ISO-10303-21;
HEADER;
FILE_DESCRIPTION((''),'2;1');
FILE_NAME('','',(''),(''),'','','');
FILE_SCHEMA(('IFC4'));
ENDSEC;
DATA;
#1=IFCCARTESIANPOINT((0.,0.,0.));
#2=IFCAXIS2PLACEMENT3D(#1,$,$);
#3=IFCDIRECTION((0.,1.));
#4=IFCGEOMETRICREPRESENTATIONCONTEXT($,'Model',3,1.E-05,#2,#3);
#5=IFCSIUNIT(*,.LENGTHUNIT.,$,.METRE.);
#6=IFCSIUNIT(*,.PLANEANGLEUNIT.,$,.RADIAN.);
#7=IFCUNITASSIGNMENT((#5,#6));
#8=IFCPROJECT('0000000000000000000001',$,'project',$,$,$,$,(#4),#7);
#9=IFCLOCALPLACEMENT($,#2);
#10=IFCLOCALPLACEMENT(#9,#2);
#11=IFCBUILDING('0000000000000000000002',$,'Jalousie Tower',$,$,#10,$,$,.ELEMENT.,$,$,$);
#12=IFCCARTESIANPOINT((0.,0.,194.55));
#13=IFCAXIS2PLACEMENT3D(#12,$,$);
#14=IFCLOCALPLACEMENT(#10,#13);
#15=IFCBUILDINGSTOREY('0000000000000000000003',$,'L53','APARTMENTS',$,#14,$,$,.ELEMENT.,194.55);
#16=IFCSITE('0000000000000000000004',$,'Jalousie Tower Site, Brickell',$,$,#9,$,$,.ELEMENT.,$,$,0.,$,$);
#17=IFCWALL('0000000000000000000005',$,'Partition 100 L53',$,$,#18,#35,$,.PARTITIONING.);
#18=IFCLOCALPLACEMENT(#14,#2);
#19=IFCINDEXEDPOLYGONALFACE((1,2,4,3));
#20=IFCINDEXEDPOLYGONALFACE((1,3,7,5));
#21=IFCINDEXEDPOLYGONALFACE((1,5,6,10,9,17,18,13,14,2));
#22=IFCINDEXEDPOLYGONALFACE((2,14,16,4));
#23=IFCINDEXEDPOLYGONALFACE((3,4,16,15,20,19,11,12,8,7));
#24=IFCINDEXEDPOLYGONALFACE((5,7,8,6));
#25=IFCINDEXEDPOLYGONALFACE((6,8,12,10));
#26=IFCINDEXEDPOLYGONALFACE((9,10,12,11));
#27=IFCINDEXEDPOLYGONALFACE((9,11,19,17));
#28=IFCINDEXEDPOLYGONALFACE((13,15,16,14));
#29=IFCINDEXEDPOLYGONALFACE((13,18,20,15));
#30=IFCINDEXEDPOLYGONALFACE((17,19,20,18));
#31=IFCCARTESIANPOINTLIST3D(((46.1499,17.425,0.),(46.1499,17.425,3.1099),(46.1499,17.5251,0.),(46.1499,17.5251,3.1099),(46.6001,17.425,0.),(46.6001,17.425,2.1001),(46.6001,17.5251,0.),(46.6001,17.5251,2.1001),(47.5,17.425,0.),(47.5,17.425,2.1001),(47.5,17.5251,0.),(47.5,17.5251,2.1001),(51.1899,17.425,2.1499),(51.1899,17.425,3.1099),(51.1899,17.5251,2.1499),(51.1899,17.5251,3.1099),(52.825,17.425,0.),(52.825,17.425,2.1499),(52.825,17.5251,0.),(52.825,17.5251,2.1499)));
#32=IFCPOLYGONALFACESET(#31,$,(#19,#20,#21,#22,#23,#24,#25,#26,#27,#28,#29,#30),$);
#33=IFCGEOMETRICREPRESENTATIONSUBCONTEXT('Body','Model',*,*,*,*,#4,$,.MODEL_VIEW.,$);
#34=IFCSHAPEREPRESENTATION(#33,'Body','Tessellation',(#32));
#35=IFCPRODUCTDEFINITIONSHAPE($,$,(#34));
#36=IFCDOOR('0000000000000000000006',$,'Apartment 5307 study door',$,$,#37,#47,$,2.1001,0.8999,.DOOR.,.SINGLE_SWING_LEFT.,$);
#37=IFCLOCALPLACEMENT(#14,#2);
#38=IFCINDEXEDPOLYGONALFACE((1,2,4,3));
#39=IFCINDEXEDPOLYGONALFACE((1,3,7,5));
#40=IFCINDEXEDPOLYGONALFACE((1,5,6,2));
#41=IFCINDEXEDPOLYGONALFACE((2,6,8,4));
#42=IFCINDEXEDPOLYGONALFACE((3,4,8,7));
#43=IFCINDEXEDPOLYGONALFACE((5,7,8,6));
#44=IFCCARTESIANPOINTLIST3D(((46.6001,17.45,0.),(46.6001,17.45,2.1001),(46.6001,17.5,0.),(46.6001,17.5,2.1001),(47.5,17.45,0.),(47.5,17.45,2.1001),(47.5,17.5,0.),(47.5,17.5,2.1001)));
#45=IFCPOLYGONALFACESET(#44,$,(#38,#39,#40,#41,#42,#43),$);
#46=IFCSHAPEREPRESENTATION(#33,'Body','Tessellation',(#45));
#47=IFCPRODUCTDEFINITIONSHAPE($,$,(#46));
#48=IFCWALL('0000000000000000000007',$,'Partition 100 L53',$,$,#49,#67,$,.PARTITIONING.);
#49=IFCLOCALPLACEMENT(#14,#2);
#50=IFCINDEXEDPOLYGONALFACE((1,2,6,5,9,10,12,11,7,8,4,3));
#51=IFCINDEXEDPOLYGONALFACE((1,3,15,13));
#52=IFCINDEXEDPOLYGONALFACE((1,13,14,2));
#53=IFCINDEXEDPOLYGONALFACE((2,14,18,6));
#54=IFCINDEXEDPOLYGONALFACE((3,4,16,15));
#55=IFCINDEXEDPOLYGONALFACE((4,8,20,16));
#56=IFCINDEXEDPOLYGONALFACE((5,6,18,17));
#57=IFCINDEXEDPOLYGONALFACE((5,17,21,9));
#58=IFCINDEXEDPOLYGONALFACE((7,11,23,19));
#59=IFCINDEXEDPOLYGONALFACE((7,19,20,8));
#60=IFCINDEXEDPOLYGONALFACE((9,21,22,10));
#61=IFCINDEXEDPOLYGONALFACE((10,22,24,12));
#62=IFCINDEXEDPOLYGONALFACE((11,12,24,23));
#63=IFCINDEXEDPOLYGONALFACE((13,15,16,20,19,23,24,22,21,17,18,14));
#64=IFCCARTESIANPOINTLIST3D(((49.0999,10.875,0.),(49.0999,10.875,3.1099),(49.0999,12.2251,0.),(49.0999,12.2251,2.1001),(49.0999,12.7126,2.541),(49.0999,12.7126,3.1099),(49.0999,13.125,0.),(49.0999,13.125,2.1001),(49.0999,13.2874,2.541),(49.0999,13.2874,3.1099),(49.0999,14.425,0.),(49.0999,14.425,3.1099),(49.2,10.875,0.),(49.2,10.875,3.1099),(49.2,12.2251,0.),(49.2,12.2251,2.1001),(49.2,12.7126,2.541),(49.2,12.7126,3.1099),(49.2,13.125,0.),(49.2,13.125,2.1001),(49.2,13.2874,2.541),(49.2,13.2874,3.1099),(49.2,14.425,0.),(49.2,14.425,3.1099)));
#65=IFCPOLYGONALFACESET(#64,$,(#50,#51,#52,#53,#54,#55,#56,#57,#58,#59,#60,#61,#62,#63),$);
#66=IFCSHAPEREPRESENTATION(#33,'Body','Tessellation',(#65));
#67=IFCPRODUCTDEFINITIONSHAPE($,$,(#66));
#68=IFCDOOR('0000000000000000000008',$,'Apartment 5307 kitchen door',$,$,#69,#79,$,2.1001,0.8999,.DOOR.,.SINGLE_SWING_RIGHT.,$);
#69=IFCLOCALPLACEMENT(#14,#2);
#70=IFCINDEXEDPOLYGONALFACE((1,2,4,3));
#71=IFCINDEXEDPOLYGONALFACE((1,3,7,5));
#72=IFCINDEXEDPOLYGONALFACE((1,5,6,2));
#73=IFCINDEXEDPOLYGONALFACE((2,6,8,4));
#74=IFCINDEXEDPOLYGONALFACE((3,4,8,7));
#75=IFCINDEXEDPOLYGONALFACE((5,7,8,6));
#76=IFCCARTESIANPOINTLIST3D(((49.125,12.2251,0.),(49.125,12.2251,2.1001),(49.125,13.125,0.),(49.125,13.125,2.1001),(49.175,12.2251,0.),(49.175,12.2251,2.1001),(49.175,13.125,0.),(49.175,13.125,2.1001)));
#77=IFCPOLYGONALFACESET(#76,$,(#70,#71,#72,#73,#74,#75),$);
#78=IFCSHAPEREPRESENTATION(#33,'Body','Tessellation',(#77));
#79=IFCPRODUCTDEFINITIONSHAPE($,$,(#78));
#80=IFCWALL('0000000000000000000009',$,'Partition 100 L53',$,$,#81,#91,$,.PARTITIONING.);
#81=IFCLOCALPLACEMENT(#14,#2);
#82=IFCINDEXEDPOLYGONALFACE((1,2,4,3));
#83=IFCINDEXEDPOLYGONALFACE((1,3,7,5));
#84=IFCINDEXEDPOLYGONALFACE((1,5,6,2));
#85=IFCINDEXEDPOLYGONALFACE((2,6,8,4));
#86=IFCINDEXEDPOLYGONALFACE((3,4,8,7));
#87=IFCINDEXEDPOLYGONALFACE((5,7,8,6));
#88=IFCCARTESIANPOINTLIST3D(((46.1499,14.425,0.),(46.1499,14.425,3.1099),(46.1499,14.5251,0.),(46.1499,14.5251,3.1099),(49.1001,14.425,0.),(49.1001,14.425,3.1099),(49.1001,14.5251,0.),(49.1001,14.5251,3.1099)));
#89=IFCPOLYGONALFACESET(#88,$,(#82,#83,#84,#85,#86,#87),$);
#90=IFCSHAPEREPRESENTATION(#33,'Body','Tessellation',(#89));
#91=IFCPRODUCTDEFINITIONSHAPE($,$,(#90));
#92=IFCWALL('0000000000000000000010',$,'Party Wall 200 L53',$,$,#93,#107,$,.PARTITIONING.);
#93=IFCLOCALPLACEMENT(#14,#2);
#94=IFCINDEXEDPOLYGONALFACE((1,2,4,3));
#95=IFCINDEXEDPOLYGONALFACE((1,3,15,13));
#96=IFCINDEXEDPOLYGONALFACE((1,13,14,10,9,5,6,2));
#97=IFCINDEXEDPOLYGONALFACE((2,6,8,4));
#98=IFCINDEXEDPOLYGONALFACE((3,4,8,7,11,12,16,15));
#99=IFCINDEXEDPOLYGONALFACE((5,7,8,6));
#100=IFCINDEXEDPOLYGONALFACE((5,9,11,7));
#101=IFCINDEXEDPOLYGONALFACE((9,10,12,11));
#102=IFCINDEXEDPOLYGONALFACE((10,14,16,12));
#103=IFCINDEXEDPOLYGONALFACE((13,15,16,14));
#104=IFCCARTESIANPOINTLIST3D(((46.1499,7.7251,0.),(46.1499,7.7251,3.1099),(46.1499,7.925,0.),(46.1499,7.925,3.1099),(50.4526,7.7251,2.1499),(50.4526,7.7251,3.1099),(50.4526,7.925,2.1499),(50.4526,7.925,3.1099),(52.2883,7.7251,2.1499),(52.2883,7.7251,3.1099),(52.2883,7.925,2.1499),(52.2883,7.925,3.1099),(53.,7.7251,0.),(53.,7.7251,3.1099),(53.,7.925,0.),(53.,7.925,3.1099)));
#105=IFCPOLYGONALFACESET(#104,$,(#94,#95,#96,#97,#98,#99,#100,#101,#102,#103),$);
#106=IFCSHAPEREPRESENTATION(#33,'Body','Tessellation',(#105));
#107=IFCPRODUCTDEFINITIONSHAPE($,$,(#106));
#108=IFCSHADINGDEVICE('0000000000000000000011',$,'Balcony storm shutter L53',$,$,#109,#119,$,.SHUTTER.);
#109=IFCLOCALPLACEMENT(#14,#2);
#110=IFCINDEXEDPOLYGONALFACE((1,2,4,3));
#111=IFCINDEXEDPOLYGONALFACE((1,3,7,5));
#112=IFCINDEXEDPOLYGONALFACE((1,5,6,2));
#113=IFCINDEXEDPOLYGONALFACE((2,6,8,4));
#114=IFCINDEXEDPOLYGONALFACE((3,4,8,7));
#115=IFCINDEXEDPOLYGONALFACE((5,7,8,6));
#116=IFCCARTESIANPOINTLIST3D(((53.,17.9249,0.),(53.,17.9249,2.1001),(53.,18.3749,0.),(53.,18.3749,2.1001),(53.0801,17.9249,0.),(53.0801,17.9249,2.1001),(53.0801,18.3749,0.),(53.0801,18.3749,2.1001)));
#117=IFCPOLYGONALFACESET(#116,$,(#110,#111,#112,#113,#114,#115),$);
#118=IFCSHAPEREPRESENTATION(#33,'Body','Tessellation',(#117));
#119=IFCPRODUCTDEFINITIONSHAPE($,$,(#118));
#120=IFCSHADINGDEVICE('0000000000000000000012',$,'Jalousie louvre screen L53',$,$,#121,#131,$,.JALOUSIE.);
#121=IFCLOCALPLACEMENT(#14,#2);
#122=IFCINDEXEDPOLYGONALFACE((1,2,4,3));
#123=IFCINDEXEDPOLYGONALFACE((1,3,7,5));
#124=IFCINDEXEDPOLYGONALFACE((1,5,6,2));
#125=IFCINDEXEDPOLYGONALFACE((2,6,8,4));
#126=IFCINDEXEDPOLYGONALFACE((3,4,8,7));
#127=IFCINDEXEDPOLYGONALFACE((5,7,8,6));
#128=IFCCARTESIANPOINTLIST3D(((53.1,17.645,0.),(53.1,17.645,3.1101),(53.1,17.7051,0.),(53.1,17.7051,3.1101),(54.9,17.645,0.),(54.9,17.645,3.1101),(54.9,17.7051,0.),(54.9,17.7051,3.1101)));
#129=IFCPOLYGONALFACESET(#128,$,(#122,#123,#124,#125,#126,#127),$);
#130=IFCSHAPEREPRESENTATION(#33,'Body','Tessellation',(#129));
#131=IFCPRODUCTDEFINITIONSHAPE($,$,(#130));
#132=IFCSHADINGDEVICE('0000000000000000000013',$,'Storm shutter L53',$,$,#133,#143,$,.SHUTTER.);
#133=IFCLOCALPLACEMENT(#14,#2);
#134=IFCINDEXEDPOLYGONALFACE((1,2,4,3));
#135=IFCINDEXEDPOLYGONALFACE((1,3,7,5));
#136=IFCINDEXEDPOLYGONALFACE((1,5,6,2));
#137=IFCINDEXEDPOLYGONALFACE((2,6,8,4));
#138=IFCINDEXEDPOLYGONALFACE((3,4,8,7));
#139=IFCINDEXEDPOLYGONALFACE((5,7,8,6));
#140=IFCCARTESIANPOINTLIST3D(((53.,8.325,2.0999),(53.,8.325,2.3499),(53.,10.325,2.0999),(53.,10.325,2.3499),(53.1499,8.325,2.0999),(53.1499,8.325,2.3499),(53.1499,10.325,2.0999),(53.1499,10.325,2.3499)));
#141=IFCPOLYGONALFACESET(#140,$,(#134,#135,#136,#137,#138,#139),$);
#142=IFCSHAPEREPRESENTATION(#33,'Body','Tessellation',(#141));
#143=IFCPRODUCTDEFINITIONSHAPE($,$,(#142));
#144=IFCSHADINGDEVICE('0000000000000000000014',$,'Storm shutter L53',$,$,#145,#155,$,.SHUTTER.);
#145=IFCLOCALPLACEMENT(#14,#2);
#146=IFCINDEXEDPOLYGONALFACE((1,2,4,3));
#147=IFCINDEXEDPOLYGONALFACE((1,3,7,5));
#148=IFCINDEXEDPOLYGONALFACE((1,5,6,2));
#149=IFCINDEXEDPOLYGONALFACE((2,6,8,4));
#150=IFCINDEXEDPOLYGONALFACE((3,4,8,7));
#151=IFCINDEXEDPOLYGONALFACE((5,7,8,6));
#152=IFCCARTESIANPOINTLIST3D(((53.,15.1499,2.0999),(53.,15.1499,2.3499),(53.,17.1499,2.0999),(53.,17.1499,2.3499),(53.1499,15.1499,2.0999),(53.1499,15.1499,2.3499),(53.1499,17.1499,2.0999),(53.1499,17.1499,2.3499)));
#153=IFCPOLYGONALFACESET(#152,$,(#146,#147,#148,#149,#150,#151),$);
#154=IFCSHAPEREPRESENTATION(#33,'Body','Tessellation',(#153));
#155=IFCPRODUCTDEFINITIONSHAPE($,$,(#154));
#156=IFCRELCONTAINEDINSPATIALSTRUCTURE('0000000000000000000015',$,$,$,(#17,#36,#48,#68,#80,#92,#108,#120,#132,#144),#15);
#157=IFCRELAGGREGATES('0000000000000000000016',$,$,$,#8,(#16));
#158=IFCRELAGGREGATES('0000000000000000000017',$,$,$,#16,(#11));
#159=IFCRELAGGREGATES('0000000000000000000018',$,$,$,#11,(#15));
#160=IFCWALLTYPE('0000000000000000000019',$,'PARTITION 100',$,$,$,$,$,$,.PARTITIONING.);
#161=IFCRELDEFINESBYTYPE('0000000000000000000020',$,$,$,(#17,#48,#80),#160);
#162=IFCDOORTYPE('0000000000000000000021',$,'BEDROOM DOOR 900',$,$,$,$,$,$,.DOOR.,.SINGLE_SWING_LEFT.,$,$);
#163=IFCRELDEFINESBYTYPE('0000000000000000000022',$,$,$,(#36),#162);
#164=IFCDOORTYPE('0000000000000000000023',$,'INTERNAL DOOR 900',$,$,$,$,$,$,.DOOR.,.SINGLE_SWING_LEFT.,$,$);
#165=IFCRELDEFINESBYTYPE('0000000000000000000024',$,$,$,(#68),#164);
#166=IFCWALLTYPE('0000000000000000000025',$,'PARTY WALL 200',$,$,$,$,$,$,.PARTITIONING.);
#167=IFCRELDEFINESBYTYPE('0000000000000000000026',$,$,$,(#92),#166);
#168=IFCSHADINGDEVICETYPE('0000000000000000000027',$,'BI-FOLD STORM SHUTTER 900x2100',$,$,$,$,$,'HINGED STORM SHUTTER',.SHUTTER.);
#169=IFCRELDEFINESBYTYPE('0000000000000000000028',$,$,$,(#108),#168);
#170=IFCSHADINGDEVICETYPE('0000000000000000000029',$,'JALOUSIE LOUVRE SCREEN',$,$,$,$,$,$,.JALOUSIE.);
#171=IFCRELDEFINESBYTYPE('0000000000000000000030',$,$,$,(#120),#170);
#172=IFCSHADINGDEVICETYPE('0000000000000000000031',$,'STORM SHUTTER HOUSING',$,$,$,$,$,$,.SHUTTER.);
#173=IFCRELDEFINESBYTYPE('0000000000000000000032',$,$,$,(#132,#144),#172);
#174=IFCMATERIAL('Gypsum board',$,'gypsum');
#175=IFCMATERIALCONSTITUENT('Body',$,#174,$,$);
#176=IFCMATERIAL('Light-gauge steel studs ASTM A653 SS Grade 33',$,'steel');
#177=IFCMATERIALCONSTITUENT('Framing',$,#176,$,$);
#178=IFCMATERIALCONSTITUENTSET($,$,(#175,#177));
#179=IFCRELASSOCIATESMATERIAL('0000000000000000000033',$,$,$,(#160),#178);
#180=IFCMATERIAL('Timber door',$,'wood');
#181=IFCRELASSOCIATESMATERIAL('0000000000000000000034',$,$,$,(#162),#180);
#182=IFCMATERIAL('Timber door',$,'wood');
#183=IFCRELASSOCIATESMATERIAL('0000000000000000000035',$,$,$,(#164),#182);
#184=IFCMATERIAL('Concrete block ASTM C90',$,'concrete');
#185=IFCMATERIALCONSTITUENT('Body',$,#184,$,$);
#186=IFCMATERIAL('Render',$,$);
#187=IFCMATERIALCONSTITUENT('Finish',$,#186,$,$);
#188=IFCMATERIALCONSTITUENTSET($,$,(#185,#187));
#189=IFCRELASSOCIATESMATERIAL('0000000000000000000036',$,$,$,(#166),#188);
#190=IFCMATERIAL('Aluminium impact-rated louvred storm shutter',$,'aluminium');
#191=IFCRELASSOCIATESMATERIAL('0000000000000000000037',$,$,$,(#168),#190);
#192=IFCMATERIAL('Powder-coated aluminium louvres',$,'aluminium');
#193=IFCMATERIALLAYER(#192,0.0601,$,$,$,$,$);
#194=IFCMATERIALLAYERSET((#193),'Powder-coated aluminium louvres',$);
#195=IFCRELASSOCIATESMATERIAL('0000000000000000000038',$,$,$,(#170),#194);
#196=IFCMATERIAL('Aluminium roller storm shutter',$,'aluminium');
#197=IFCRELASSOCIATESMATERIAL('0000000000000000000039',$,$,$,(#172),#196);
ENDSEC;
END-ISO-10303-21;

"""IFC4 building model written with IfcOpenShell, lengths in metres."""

from ifc_helpers import new_model, si_unit, direction, frame, frame_2d, origin, origin_2d, place, context, subcontext, project, spatial, polyline, rectangle, outline, extrude, material, layer, layer_set, constituent, constituent_set, type_object, element, fill, save


model = new_model("IFC4")

# Units and contexts
model_context = context("Model", 3, precision=1e-05, world=origin(), true_north=direction((0.0, 1.0)))
body_context = subcontext(model_context, "Body", "Model", "MODEL_VIEW")
ifc_project = project(units=[si_unit("LENGTHUNIT", "METRE"), si_unit("PLANEANGLEUNIT", "RADIAN")], contexts=[model_context])

# Site, building, storey
site_placement = place(None, origin())
site = spatial("IfcSite", under=ifc_project, at=site_placement, Name="Jalousie Tower Site, Brickell", CompositionType="ELEMENT", RefElevation=0.0)
building_placement = place(site_placement, origin())
building = spatial("IfcBuilding", under=site, at=building_placement, Name="Jalousie Tower", CompositionType="ELEMENT")
storey_placement = place(building_placement, frame((0.0, 0.0, 194.55)))
storey = spatial("IfcBuildingStorey", under=building, at=storey_placement, Name="L53", Description="APARTMENTS", CompositionType="ELEMENT", Elevation=194.55)

# Walls, openings, doors
ifc_material_1 = material(Name="Gypsum board", Category="gypsum")
ifc_constituent_1 = constituent(ifc_material_1, Name="Body")
ifc_material_2 = material(Name="Light-gauge steel studs ASTM A653 SS Grade 33", Category="steel")
ifc_constituent_2 = constituent(ifc_material_2, Name="Framing")
ifc_constituent_set_1 = constituent_set(constituents=[ifc_constituent_1, ifc_constituent_2])
wall_type_1 = type_object("IfcWallType", Name="PARTITION 100", PredefinedType="PARTITIONING", material=ifc_constituent_set_1)
ifc_material_3 = material(Name="Timber door", Category="wood")
door_type_1 = type_object("IfcDoorType", Name="BEDROOM DOOR 900", OperationType="SINGLE_SWING_LEFT", PredefinedType="DOOR", material=ifc_material_3)
wall_1_placement = place(storey_placement, frame((52.825, 17.4751, 0.0), z_axis=(0.0, 0.0, 1.0), x_axis=(-1.0, 0.0, 0.0)))
wall_1 = element("IfcWall", 1, at=wall_1_placement, inside=storey, type_object=wall_type_1, Name="Partition 100 L53", PredefinedType="PARTITIONING", context=body_context, shape_type="SweptSolid", body=[
    extrude(outline(polyline([(0.0, 0.0), (6.675, 0.0), (6.675, 3.1099), (1.635, 3.1099), (1.635, 2.1499), (0.0, 2.1499), (0.0, 3.1099), (0.0, 0.0)])), frame((0.0, 0.05, 0.0), z_axis=(0.0, -1.0, 0.0), x_axis=(1.0, 0.0, 0.0)), (0.0, 0.0, 1.0), 0.1001),
])
opening_1_placement = place(wall_1_placement, frame((5.325, 0.0, 0.0)))
opening_1 = element("IfcOpeningElement", 2, at=opening_1_placement, cuts=wall_1, PredefinedType="OPENING", context=body_context, shape_type="SweptSolid", body=[
    extrude(rectangle(XDim=0.8999, YDim=2.1001, at=frame_2d((0.45, 1.05))), frame((0.0, 0.0601, 0.0), z_axis=(0.0, -1.0, 0.0), x_axis=(1.0, 0.0, 0.0)), (0.0, 0.0, 1.0), 0.1201),
])
door_1_placement = place(opening_1_placement, frame((0.8999, 0.0, 0.0), z_axis=(0.0, 0.0, 1.0), x_axis=(-1.0, 0.0, 0.0)))
door_1 = element("IfcDoor", 3, at=door_1_placement, inside=storey, type_object=door_type_1, Name="Apartment 5307 study door", OperationType="SINGLE_SWING_LEFT", OverallHeight=2.1001, OverallWidth=0.8999, PredefinedType="DOOR", context=body_context, shape_type="SweptSolid", body=[
    extrude(rectangle(XDim=0.8999, YDim=2.1001, at=frame_2d((0.45, 1.05))), frame((0.0, 0.0249, 0.0), z_axis=(0.0, -1.0, 0.0), x_axis=(1.0, 0.0, 0.0)), (0.0, 0.0, 1.0), 0.05),
])
fill(opening_1, door_1)
wall_2_placement = place(storey_placement, frame((49.1499, 10.875, 0.0), z_axis=(0.0, 0.0, 1.0), x_axis=(0.0, 1.0, 0.0)))
wall_2 = element("IfcWall", 4, at=wall_2_placement, inside=storey, type_object=wall_type_1, Name="Partition 100 L53", PredefinedType="PARTITIONING", context=body_context, shape_type="SweptSolid", body=[
    extrude(outline(polyline([(0.0, 0.0), (3.55, 0.0), (3.55, 3.1099), (2.4124, 3.1099), (2.4124, 2.541), (1.8376, 2.541), (1.8376, 3.1099), (0.0, 3.1099), (0.0, 0.0)])), frame((0.0, 0.05, 0.0), z_axis=(0.0, -1.0, 0.0), x_axis=(1.0, 0.0, 0.0)), (0.0, 0.0, 1.0), 0.1001),
])
opening_2_placement = place(wall_2_placement, frame((1.3501, 0.0, 0.0)))
opening_2 = element("IfcOpeningElement", 5, at=opening_2_placement, cuts=wall_2, PredefinedType="OPENING", context=body_context, shape_type="SweptSolid", body=[
    extrude(rectangle(XDim=0.8999, YDim=2.1001, at=frame_2d((0.45, 1.05))), frame((0.0, 0.0601, 0.0), z_axis=(0.0, -1.0, 0.0), x_axis=(1.0, 0.0, 0.0)), (0.0, 0.0, 1.0), 0.1201),
])
ifc_material_4 = material(Name="Timber door", Category="wood")
door_type_2 = type_object("IfcDoorType", Name="INTERNAL DOOR 900", OperationType="SINGLE_SWING_LEFT", PredefinedType="DOOR", material=ifc_material_4)
door_2_placement = place(opening_2_placement, origin())
door_2 = element("IfcDoor", 6, at=door_2_placement, inside=storey, type_object=door_type_2, Name="Apartment 5307 kitchen door", OperationType="SINGLE_SWING_RIGHT", OverallHeight=2.1001, OverallWidth=0.8999, PredefinedType="DOOR", context=body_context, shape_type="SweptSolid", body=[
    extrude(rectangle(XDim=0.8999, YDim=2.1001, at=frame_2d((0.45, 1.05))), frame((0.0, 0.0249, 0.0), z_axis=(0.0, -1.0, 0.0), x_axis=(1.0, 0.0, 0.0)), (0.0, 0.0, 1.0), 0.05),
])
fill(opening_2, door_2)

# Walls
wall_3_placement = place(storey_placement, frame((49.1001, 14.4751, 0.0), z_axis=(0.0, 0.0, 1.0), x_axis=(-1.0, 0.0, 0.0)))
element("IfcWall", 7, at=wall_3_placement, inside=storey, type_object=wall_type_1, Name="Partition 100 L53", PredefinedType="PARTITIONING", context=body_context, shape_type="SweptSolid", body=[
    extrude(rectangle(XDim=2.9502, YDim=0.1001, at=frame_2d((1.4751, 0.0))), origin(), (0.0, 0.0, 1.0), 3.1099),
])
ifc_material_5 = material(Name="Concrete block ASTM C90", Category="concrete")
ifc_constituent_3 = constituent(ifc_material_5, Name="Body")
ifc_material_6 = material(Name="Render")
ifc_constituent_4 = constituent(ifc_material_6, Name="Finish")
ifc_constituent_set_2 = constituent_set(constituents=[ifc_constituent_3, ifc_constituent_4])
wall_type_2 = type_object("IfcWallType", Name="PARTY WALL 200", PredefinedType="PARTITIONING", material=ifc_constituent_set_2)
wall_4_placement = place(storey_placement, frame((46.1499, 7.825, 0.0), z_axis=(0.0, 0.0, 1.0), x_axis=(1.0, 0.0, 0.0)))
element("IfcWall", 8, at=wall_4_placement, inside=storey, type_object=wall_type_2, Name="Party Wall 200 L53", PredefinedType="PARTITIONING", context=body_context, shape_type="SweptSolid", body=[
    extrude(outline(polyline([(0.0, 0.0), (6.8501, 0.0), (6.8501, 3.1099), (6.1384, 3.1099), (6.1384, 2.1499), (4.3027, 2.1499), (4.3027, 3.1099), (0.0, 3.1099), (0.0, 0.0)])), frame((0.0, 0.1001, 0.0), z_axis=(0.0, -1.0, 0.0), x_axis=(1.0, 0.0, 0.0)), (0.0, 0.0, 1.0), 0.2),
])

# Shading device
ifc_material_7 = material(Name="Aluminium impact-rated louvred storm shutter", Category="aluminium")
shading_device_type_1 = type_object("IfcShadingDeviceType", Name="BI-FOLD STORM SHUTTER 900x2100", ElementType="HINGED STORM SHUTTER", PredefinedType="SHUTTER", material=ifc_material_7)
shading_device_1_placement = place(storey_placement, frame((53.04, 18.1499, 0.0), z_axis=(0.0, 0.0, 1.0), x_axis=(0.0, 1.0, 0.0)))
element("IfcShadingDevice", 9, at=shading_device_1_placement, inside=storey, type_object=shading_device_type_1, Name="Balcony storm shutter L53", PredefinedType="SHUTTER", context=body_context, shape_type="SweptSolid", body=[
    extrude(rectangle(XDim=0.45, YDim=0.0801, at=origin_2d()), origin(), (0.0, 0.0, 1.0), 2.1001),
])

# Shading devices
ifc_material_8 = material(Name="Powder-coated aluminium louvres", Category="aluminium")
ifc_layer_1 = layer(ifc_material_8, 0.0601)
ifc_layer_set_1 = layer_set([ifc_layer_1], Name="Powder-coated aluminium louvres")
shading_device_type_2 = type_object("IfcShadingDeviceType", Name="JALOUSIE LOUVRE SCREEN", PredefinedType="JALOUSIE", material=ifc_layer_set_1)
shading_device_2_placement = place(storey_placement, frame((54.0, 17.675, 0.0), z_axis=(0.0, 0.0, 1.0), x_axis=(0.0, 1.0, 0.0)))
element("IfcShadingDevice", 10, at=shading_device_2_placement, inside=storey, type_object=shading_device_type_2, Name="Jalousie louvre screen L53", PredefinedType="JALOUSIE", context=body_context, shape_type="SweptSolid", body=[
    extrude(rectangle(XDim=0.0601, YDim=1.8, at=origin_2d()), origin(), (0.0, 0.0, 1.0), 3.1101),
])
ifc_material_9 = material(Name="Aluminium roller storm shutter", Category="aluminium")
shading_device_type_3 = type_object("IfcShadingDeviceType", Name="STORM SHUTTER HOUSING", PredefinedType="SHUTTER", material=ifc_material_9)
for number, where, z_axis, x_axis, name in (
    (11, (53.075, 9.325, 2.0999), (0.0, 0.0, 1.0), (0.0, 1.0, 0.0), "Storm shutter L53"),
    (12, (53.075, 16.1499, 2.0999), (0.0, 0.0, 1.0), (0.0, 1.0, 0.0), "Storm shutter L53"),
):
    element("IfcShadingDevice", number, at=place(storey_placement, frame(where, z_axis=z_axis, x_axis=x_axis)), inside=storey, type_object=shading_device_type_3, Name=name, PredefinedType="SHUTTER", context=body_context, shape_type="SweptSolid", body=[
        extrude(rectangle(XDim=2.0, YDim=0.1499, at=origin_2d()), origin(), (0.0, 0.0, 1.0), 0.25),
    ])

save(model, "model.ifc")
